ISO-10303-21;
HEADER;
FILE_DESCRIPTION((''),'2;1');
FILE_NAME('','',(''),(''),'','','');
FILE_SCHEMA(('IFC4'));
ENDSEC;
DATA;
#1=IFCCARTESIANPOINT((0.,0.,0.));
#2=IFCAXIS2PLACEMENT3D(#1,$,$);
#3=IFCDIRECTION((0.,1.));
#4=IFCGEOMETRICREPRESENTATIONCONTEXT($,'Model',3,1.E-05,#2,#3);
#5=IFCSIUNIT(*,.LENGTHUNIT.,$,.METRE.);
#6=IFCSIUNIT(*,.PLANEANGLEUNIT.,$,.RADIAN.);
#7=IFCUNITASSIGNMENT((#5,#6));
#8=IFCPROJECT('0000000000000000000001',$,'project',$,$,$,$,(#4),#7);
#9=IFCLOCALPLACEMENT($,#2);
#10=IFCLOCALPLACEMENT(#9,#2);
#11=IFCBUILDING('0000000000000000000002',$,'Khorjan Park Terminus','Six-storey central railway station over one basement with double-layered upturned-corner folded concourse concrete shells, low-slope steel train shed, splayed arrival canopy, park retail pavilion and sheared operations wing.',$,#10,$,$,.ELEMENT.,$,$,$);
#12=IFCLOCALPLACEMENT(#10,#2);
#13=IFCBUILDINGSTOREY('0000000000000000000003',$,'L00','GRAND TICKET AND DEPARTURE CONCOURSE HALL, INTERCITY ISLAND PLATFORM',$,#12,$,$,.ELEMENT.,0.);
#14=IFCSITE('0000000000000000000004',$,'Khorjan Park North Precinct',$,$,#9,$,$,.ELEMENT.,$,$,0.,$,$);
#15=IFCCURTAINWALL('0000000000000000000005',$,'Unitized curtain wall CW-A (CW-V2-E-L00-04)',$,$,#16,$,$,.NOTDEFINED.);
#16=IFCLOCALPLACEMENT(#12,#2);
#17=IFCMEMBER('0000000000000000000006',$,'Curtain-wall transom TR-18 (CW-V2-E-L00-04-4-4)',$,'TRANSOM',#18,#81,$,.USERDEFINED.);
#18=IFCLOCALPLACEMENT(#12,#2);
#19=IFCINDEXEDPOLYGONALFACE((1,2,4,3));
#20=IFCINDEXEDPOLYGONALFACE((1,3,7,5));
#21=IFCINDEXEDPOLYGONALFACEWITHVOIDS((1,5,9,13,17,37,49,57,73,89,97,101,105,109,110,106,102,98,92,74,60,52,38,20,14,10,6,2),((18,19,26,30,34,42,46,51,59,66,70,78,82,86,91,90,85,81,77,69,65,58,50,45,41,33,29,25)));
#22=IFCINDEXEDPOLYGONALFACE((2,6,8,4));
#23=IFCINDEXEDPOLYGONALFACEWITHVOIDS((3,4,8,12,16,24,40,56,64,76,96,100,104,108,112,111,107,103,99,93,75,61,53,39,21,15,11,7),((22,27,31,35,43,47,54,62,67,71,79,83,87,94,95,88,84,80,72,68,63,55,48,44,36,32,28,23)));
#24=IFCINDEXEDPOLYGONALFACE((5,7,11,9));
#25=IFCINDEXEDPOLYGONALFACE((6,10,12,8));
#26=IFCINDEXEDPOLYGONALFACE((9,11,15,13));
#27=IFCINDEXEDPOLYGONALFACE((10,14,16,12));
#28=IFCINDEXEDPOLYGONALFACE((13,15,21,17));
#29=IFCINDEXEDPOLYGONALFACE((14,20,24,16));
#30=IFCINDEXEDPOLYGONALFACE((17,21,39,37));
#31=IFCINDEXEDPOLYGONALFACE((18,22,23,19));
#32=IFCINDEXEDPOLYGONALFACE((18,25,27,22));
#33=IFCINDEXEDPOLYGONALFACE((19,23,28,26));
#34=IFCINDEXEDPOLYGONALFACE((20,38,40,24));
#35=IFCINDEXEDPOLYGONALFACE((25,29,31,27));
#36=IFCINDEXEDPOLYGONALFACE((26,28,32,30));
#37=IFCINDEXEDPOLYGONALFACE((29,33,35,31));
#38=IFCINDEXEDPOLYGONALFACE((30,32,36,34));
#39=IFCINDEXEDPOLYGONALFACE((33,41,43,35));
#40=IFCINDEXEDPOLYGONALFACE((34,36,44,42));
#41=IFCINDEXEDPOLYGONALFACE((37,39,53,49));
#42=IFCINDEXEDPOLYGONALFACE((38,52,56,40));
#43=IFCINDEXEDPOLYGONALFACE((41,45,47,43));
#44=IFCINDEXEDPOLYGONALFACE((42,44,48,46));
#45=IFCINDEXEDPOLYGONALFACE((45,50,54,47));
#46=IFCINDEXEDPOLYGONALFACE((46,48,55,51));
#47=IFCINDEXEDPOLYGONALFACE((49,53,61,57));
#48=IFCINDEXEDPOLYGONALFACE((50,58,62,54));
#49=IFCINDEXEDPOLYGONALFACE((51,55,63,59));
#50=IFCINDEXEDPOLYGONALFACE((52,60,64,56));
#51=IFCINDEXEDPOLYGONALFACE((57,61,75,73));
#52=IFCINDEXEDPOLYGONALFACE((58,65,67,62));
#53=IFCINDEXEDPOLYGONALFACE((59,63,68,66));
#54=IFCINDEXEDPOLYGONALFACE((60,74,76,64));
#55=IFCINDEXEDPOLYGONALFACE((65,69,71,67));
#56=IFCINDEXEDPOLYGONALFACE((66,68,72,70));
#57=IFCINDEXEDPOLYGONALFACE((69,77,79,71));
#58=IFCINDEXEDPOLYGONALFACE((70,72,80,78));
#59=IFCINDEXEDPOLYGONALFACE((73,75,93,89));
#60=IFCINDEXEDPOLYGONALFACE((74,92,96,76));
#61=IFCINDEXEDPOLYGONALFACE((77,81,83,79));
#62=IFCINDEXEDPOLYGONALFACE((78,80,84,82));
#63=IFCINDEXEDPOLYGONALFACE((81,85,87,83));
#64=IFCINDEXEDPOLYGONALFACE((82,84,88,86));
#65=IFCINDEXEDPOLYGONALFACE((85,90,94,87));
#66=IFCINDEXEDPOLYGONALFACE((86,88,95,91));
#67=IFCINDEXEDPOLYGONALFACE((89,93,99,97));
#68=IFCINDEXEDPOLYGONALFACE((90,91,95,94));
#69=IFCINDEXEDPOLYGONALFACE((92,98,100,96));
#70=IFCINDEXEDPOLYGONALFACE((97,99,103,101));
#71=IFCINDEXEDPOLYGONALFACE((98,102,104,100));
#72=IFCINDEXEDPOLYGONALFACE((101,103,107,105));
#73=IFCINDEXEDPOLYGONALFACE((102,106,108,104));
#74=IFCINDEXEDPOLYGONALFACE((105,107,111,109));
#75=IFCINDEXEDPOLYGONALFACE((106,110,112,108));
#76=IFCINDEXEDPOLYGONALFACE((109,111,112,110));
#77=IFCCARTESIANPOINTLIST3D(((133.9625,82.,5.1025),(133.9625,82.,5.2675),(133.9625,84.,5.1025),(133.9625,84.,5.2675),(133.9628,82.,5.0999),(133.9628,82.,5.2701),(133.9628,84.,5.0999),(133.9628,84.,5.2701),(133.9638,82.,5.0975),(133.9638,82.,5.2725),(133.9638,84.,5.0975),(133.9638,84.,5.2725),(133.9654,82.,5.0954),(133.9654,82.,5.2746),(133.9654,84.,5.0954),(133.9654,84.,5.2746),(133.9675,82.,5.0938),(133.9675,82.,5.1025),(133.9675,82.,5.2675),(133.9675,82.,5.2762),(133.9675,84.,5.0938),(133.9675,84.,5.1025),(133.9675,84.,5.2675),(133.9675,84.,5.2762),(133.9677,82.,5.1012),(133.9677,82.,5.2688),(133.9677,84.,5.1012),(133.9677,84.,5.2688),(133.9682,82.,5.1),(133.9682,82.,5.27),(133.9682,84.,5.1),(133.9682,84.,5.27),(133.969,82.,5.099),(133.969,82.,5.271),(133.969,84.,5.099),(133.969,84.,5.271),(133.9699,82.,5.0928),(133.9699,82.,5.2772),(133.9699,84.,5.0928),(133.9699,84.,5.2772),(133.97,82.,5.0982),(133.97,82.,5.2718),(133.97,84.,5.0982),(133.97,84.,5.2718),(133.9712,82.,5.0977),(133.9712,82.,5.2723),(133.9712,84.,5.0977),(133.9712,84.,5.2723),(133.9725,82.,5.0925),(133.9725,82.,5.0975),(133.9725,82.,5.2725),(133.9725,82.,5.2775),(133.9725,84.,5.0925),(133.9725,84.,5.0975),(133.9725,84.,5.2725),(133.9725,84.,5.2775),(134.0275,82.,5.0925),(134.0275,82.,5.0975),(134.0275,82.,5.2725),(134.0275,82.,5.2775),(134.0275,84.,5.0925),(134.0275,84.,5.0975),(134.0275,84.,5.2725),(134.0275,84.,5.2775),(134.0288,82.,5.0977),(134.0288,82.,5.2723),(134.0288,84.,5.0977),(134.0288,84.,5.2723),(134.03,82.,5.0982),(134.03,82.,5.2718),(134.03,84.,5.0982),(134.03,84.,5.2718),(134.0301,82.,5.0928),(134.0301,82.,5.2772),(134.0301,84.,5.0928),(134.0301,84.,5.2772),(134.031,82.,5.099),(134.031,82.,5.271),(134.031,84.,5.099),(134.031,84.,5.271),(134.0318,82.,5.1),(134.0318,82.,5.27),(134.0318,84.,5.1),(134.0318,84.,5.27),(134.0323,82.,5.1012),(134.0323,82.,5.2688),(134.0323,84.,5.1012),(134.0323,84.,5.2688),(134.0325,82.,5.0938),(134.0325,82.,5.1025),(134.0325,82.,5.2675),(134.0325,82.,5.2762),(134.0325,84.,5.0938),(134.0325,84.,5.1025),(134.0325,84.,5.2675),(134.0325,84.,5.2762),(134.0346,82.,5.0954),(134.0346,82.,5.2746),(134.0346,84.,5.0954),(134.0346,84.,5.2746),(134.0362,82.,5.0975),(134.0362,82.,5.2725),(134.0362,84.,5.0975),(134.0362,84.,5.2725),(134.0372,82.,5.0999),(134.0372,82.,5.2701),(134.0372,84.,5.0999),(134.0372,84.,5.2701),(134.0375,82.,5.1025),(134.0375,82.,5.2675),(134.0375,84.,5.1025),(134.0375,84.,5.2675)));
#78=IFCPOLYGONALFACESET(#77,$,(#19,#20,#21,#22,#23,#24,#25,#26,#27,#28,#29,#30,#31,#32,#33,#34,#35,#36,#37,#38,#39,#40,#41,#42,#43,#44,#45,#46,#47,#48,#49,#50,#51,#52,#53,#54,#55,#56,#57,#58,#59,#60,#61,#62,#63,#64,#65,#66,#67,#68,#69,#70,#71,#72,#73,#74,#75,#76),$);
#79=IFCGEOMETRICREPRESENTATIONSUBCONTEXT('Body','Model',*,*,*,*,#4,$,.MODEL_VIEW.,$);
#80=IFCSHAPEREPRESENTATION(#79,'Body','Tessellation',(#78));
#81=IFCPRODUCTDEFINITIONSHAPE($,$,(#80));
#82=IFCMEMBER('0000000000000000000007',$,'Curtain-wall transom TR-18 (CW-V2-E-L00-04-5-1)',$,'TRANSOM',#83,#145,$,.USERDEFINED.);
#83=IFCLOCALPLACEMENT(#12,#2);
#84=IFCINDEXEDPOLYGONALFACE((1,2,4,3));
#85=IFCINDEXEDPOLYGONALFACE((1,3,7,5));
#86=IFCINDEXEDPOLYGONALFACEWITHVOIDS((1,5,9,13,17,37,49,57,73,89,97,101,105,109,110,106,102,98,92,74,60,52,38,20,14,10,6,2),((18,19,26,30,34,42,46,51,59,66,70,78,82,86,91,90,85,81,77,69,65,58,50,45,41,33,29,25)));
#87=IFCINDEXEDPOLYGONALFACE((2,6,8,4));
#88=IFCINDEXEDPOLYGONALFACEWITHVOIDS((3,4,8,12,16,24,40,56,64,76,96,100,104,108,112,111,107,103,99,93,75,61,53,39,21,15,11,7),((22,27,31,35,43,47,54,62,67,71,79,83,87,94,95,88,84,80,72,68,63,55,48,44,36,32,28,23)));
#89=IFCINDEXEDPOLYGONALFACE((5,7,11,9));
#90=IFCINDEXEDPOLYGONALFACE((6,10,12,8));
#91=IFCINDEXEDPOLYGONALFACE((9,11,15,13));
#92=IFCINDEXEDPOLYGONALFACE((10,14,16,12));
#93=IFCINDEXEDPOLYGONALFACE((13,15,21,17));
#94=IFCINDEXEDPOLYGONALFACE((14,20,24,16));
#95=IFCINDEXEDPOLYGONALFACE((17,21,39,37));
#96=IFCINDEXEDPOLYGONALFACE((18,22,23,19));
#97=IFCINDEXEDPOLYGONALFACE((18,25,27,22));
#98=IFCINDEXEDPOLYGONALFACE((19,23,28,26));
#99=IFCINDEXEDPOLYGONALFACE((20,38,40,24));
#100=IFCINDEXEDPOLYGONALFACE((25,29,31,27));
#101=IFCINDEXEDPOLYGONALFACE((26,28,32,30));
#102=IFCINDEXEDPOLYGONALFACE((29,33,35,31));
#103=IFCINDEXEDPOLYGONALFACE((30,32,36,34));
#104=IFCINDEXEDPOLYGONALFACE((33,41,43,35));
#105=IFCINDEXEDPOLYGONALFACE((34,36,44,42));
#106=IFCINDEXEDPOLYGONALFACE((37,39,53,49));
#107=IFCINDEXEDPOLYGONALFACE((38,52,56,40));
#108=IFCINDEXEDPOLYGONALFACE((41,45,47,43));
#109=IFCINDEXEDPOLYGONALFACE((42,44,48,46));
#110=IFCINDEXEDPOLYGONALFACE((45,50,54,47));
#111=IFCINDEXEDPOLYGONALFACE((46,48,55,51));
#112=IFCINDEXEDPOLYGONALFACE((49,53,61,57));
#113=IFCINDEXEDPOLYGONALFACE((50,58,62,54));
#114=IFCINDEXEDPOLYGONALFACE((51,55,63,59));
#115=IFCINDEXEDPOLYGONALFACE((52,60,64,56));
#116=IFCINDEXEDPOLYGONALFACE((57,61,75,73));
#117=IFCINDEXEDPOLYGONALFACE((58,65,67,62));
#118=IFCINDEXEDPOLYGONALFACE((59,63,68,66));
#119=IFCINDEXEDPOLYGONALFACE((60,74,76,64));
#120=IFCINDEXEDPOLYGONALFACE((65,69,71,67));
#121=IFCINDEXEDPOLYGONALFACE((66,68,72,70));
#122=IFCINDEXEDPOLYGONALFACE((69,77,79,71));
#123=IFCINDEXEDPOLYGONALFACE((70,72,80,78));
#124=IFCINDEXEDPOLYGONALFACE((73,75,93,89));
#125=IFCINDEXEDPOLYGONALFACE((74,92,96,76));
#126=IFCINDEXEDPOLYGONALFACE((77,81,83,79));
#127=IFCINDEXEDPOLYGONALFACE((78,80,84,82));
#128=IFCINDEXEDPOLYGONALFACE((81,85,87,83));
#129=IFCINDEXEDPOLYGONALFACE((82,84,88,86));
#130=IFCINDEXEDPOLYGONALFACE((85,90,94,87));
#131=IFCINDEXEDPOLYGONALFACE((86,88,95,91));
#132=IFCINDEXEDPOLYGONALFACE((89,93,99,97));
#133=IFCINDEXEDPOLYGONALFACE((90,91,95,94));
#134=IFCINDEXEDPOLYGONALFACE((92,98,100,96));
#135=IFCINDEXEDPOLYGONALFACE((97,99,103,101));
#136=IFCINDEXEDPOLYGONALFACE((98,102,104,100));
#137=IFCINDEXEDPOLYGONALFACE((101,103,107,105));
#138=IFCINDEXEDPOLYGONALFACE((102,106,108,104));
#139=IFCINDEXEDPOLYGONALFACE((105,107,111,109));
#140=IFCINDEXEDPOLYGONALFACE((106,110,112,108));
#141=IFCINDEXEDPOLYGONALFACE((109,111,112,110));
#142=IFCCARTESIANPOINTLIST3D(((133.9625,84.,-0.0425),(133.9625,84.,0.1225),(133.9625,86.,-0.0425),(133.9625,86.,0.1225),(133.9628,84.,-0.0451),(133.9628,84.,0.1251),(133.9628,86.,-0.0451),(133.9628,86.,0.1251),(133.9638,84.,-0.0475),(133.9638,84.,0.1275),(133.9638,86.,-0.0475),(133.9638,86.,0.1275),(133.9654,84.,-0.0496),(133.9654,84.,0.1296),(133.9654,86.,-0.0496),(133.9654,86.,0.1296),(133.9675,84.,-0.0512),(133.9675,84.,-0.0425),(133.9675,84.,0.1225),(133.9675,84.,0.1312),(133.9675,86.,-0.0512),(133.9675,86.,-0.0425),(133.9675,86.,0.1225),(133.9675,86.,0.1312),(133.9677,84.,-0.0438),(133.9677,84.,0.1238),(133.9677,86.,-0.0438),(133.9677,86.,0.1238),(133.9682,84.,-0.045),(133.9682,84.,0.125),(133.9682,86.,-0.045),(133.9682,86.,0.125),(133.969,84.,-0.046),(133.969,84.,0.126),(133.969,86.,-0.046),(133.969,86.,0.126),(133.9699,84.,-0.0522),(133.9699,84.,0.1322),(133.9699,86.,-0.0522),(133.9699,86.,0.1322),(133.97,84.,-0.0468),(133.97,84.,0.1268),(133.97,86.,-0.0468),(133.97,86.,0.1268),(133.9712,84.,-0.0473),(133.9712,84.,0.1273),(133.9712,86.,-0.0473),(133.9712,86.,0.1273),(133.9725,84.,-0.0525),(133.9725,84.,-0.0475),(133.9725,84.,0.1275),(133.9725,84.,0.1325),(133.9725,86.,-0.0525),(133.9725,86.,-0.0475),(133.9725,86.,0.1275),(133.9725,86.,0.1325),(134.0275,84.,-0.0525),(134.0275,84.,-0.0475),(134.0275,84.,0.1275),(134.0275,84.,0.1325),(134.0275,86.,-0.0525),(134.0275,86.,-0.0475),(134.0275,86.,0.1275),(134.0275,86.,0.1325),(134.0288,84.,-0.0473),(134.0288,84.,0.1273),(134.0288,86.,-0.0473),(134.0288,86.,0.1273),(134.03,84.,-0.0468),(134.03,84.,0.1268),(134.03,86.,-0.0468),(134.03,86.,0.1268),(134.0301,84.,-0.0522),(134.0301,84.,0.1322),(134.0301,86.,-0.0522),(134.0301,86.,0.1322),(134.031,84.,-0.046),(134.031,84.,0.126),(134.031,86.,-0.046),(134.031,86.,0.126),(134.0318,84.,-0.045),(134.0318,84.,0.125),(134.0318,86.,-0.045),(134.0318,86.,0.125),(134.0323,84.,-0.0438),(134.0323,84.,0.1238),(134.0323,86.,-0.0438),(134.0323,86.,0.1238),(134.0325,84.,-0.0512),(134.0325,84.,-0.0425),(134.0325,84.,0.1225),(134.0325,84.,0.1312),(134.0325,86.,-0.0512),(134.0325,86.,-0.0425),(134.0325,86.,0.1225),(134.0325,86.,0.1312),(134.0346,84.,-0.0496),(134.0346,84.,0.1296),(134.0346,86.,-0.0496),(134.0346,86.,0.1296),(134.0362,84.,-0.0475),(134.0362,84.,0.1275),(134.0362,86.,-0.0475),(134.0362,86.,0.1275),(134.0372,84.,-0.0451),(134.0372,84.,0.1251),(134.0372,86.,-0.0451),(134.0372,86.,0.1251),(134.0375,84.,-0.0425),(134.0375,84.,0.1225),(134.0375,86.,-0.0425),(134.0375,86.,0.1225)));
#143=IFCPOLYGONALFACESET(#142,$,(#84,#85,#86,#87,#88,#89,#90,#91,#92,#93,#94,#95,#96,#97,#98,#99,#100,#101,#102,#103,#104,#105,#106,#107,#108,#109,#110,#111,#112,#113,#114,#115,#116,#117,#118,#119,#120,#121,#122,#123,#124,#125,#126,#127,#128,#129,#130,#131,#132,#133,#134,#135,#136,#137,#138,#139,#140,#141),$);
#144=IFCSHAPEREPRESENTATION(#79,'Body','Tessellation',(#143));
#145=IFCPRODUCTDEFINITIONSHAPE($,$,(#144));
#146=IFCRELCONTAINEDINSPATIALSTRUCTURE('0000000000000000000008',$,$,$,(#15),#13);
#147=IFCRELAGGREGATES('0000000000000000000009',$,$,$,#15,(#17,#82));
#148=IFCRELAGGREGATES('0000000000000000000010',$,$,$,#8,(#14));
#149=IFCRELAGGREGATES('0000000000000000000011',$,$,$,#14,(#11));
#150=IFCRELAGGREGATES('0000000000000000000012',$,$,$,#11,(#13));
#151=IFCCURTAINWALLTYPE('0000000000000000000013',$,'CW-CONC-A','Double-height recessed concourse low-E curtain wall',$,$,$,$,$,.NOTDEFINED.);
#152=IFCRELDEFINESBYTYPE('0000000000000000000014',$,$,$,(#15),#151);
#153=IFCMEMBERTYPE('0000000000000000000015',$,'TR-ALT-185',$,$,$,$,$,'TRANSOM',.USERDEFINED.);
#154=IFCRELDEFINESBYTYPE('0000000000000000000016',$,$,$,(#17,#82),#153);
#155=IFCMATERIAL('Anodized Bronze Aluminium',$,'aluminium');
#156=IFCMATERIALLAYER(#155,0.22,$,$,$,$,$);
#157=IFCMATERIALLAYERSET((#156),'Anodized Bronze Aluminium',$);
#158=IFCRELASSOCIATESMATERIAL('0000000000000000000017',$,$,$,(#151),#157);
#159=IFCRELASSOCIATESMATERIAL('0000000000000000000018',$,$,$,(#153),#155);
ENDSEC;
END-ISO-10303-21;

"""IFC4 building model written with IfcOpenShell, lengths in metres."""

from ifc_helpers import new_model, si_unit, direction, frame, origin, origin_2d, place, context, subcontext, project, spatial, hollow_rectangle, extrude, material, layer, layer_set, material_profile, profile_set, type_object, element, aggregate, save


model = new_model("IFC4")

# Units and contexts
model_context = context("Model", 3, precision=1e-05, world=origin(), true_north=direction((0.0, 1.0)))
body_context = subcontext(model_context, "Body", "Model", "MODEL_VIEW")
ifc_project = project(units=[si_unit("LENGTHUNIT", "METRE"), si_unit("PLANEANGLEUNIT", "RADIAN")], contexts=[model_context])

# Site, building, storey
site_placement = place(None, origin())
site = spatial("IfcSite", under=ifc_project, at=site_placement, Name="Khorjan Park North Precinct", CompositionType="ELEMENT", RefElevation=0.0)
building_placement = place(site_placement, origin())
building = spatial("IfcBuilding", under=site, at=building_placement, Name="Khorjan Park Terminus", Description="Six-storey central railway station over one basement with double-layered upturned-corner folded concourse concrete shells, low-slope steel train shed, splayed arrival canopy, park retail pavilion and sheared operations wing.", CompositionType="ELEMENT")
storey_placement = place(building_placement, origin())
storey = spatial("IfcBuildingStorey", under=building, at=storey_placement, Name="L00", Description="GRAND TICKET AND DEPARTURE CONCOURSE HALL, INTERCITY ISLAND PLATFORM", CompositionType="ELEMENT", Elevation=0.0)

# Curtain wall, members
ifc_material_1 = material(Name="Anodized Bronze Aluminium", Category="aluminium")
ifc_layer_1 = layer(ifc_material_1, 0.22)
ifc_layer_set_1 = layer_set([ifc_layer_1], Name="Anodized Bronze Aluminium")
curtain_wall_type = type_object("IfcCurtainWallType", Name="CW-CONC-A", Description="Double-height recessed concourse low-E curtain wall", PredefinedType="NOTDEFINED", material=ifc_layer_set_1)
curtain_wall_placement = place(storey_placement, origin())
curtain_wall = element("IfcCurtainWall", 1, at=curtain_wall_placement, inside=storey, type_object=curtain_wall_type, Name="Unitized curtain wall CW-A (CW-V2-E-L00-04)", PredefinedType="NOTDEFINED")
ifc_material_profile_1 = material_profile(ifc_material_1, hollow_rectangle(XDim=0.075, YDim=0.185, WallThickness=0.005, InnerFilletRadius=0.005, OuterFilletRadius=0.01, at=origin_2d()), Name="ALT 75x185x5")
ifc_profile_set_1 = profile_set([ifc_material_profile_1], Name="Anodized Bronze Aluminium")
member_type_1 = type_object("IfcMemberType", Name="TR-ALT-185", ElementType="TRANSOM", PredefinedType="USERDEFINED", material=ifc_profile_set_1)
member_1_placement = place(storey_placement, frame((134.0, 82.0, 5.185), z_axis=(0.0, 1.0, 0.0), x_axis=(-1.0, 0.0, 0.0)))
member_1 = element("IfcMember", 2, at=member_1_placement, type_object=member_type_1, Name="Curtain-wall transom TR-18 (CW-V2-E-L00-04-4-4)", ObjectType="TRANSOM", PredefinedType="USERDEFINED", context=body_context, shape_type="SweptSolid", body=[
    extrude(hollow_rectangle(XDim=0.075, YDim=0.185, WallThickness=0.005, InnerFilletRadius=0.005, OuterFilletRadius=0.01, at=origin_2d()), origin(), (0.0, 0.0, 1.0), 2.0),
])
member_2_placement = place(storey_placement, frame((134.0, 84.0, 0.04), z_axis=(0.0, 1.0, 0.0), x_axis=(-1.0, 0.0, 0.0)))
member_2 = element("IfcMember", 3, at=member_2_placement, type_object=member_type_1, Name="Curtain-wall transom TR-18 (CW-V2-E-L00-04-5-1)", ObjectType="TRANSOM", PredefinedType="USERDEFINED", context=body_context, shape_type="SweptSolid", body=[
    extrude(hollow_rectangle(XDim=0.075, YDim=0.185, WallThickness=0.005, InnerFilletRadius=0.005, OuterFilletRadius=0.01, at=origin_2d()), origin(), (0.0, 0.0, 1.0), 2.0),
])
aggregate(curtain_wall, [member_1, member_2])

save(model, "model.ifc")
